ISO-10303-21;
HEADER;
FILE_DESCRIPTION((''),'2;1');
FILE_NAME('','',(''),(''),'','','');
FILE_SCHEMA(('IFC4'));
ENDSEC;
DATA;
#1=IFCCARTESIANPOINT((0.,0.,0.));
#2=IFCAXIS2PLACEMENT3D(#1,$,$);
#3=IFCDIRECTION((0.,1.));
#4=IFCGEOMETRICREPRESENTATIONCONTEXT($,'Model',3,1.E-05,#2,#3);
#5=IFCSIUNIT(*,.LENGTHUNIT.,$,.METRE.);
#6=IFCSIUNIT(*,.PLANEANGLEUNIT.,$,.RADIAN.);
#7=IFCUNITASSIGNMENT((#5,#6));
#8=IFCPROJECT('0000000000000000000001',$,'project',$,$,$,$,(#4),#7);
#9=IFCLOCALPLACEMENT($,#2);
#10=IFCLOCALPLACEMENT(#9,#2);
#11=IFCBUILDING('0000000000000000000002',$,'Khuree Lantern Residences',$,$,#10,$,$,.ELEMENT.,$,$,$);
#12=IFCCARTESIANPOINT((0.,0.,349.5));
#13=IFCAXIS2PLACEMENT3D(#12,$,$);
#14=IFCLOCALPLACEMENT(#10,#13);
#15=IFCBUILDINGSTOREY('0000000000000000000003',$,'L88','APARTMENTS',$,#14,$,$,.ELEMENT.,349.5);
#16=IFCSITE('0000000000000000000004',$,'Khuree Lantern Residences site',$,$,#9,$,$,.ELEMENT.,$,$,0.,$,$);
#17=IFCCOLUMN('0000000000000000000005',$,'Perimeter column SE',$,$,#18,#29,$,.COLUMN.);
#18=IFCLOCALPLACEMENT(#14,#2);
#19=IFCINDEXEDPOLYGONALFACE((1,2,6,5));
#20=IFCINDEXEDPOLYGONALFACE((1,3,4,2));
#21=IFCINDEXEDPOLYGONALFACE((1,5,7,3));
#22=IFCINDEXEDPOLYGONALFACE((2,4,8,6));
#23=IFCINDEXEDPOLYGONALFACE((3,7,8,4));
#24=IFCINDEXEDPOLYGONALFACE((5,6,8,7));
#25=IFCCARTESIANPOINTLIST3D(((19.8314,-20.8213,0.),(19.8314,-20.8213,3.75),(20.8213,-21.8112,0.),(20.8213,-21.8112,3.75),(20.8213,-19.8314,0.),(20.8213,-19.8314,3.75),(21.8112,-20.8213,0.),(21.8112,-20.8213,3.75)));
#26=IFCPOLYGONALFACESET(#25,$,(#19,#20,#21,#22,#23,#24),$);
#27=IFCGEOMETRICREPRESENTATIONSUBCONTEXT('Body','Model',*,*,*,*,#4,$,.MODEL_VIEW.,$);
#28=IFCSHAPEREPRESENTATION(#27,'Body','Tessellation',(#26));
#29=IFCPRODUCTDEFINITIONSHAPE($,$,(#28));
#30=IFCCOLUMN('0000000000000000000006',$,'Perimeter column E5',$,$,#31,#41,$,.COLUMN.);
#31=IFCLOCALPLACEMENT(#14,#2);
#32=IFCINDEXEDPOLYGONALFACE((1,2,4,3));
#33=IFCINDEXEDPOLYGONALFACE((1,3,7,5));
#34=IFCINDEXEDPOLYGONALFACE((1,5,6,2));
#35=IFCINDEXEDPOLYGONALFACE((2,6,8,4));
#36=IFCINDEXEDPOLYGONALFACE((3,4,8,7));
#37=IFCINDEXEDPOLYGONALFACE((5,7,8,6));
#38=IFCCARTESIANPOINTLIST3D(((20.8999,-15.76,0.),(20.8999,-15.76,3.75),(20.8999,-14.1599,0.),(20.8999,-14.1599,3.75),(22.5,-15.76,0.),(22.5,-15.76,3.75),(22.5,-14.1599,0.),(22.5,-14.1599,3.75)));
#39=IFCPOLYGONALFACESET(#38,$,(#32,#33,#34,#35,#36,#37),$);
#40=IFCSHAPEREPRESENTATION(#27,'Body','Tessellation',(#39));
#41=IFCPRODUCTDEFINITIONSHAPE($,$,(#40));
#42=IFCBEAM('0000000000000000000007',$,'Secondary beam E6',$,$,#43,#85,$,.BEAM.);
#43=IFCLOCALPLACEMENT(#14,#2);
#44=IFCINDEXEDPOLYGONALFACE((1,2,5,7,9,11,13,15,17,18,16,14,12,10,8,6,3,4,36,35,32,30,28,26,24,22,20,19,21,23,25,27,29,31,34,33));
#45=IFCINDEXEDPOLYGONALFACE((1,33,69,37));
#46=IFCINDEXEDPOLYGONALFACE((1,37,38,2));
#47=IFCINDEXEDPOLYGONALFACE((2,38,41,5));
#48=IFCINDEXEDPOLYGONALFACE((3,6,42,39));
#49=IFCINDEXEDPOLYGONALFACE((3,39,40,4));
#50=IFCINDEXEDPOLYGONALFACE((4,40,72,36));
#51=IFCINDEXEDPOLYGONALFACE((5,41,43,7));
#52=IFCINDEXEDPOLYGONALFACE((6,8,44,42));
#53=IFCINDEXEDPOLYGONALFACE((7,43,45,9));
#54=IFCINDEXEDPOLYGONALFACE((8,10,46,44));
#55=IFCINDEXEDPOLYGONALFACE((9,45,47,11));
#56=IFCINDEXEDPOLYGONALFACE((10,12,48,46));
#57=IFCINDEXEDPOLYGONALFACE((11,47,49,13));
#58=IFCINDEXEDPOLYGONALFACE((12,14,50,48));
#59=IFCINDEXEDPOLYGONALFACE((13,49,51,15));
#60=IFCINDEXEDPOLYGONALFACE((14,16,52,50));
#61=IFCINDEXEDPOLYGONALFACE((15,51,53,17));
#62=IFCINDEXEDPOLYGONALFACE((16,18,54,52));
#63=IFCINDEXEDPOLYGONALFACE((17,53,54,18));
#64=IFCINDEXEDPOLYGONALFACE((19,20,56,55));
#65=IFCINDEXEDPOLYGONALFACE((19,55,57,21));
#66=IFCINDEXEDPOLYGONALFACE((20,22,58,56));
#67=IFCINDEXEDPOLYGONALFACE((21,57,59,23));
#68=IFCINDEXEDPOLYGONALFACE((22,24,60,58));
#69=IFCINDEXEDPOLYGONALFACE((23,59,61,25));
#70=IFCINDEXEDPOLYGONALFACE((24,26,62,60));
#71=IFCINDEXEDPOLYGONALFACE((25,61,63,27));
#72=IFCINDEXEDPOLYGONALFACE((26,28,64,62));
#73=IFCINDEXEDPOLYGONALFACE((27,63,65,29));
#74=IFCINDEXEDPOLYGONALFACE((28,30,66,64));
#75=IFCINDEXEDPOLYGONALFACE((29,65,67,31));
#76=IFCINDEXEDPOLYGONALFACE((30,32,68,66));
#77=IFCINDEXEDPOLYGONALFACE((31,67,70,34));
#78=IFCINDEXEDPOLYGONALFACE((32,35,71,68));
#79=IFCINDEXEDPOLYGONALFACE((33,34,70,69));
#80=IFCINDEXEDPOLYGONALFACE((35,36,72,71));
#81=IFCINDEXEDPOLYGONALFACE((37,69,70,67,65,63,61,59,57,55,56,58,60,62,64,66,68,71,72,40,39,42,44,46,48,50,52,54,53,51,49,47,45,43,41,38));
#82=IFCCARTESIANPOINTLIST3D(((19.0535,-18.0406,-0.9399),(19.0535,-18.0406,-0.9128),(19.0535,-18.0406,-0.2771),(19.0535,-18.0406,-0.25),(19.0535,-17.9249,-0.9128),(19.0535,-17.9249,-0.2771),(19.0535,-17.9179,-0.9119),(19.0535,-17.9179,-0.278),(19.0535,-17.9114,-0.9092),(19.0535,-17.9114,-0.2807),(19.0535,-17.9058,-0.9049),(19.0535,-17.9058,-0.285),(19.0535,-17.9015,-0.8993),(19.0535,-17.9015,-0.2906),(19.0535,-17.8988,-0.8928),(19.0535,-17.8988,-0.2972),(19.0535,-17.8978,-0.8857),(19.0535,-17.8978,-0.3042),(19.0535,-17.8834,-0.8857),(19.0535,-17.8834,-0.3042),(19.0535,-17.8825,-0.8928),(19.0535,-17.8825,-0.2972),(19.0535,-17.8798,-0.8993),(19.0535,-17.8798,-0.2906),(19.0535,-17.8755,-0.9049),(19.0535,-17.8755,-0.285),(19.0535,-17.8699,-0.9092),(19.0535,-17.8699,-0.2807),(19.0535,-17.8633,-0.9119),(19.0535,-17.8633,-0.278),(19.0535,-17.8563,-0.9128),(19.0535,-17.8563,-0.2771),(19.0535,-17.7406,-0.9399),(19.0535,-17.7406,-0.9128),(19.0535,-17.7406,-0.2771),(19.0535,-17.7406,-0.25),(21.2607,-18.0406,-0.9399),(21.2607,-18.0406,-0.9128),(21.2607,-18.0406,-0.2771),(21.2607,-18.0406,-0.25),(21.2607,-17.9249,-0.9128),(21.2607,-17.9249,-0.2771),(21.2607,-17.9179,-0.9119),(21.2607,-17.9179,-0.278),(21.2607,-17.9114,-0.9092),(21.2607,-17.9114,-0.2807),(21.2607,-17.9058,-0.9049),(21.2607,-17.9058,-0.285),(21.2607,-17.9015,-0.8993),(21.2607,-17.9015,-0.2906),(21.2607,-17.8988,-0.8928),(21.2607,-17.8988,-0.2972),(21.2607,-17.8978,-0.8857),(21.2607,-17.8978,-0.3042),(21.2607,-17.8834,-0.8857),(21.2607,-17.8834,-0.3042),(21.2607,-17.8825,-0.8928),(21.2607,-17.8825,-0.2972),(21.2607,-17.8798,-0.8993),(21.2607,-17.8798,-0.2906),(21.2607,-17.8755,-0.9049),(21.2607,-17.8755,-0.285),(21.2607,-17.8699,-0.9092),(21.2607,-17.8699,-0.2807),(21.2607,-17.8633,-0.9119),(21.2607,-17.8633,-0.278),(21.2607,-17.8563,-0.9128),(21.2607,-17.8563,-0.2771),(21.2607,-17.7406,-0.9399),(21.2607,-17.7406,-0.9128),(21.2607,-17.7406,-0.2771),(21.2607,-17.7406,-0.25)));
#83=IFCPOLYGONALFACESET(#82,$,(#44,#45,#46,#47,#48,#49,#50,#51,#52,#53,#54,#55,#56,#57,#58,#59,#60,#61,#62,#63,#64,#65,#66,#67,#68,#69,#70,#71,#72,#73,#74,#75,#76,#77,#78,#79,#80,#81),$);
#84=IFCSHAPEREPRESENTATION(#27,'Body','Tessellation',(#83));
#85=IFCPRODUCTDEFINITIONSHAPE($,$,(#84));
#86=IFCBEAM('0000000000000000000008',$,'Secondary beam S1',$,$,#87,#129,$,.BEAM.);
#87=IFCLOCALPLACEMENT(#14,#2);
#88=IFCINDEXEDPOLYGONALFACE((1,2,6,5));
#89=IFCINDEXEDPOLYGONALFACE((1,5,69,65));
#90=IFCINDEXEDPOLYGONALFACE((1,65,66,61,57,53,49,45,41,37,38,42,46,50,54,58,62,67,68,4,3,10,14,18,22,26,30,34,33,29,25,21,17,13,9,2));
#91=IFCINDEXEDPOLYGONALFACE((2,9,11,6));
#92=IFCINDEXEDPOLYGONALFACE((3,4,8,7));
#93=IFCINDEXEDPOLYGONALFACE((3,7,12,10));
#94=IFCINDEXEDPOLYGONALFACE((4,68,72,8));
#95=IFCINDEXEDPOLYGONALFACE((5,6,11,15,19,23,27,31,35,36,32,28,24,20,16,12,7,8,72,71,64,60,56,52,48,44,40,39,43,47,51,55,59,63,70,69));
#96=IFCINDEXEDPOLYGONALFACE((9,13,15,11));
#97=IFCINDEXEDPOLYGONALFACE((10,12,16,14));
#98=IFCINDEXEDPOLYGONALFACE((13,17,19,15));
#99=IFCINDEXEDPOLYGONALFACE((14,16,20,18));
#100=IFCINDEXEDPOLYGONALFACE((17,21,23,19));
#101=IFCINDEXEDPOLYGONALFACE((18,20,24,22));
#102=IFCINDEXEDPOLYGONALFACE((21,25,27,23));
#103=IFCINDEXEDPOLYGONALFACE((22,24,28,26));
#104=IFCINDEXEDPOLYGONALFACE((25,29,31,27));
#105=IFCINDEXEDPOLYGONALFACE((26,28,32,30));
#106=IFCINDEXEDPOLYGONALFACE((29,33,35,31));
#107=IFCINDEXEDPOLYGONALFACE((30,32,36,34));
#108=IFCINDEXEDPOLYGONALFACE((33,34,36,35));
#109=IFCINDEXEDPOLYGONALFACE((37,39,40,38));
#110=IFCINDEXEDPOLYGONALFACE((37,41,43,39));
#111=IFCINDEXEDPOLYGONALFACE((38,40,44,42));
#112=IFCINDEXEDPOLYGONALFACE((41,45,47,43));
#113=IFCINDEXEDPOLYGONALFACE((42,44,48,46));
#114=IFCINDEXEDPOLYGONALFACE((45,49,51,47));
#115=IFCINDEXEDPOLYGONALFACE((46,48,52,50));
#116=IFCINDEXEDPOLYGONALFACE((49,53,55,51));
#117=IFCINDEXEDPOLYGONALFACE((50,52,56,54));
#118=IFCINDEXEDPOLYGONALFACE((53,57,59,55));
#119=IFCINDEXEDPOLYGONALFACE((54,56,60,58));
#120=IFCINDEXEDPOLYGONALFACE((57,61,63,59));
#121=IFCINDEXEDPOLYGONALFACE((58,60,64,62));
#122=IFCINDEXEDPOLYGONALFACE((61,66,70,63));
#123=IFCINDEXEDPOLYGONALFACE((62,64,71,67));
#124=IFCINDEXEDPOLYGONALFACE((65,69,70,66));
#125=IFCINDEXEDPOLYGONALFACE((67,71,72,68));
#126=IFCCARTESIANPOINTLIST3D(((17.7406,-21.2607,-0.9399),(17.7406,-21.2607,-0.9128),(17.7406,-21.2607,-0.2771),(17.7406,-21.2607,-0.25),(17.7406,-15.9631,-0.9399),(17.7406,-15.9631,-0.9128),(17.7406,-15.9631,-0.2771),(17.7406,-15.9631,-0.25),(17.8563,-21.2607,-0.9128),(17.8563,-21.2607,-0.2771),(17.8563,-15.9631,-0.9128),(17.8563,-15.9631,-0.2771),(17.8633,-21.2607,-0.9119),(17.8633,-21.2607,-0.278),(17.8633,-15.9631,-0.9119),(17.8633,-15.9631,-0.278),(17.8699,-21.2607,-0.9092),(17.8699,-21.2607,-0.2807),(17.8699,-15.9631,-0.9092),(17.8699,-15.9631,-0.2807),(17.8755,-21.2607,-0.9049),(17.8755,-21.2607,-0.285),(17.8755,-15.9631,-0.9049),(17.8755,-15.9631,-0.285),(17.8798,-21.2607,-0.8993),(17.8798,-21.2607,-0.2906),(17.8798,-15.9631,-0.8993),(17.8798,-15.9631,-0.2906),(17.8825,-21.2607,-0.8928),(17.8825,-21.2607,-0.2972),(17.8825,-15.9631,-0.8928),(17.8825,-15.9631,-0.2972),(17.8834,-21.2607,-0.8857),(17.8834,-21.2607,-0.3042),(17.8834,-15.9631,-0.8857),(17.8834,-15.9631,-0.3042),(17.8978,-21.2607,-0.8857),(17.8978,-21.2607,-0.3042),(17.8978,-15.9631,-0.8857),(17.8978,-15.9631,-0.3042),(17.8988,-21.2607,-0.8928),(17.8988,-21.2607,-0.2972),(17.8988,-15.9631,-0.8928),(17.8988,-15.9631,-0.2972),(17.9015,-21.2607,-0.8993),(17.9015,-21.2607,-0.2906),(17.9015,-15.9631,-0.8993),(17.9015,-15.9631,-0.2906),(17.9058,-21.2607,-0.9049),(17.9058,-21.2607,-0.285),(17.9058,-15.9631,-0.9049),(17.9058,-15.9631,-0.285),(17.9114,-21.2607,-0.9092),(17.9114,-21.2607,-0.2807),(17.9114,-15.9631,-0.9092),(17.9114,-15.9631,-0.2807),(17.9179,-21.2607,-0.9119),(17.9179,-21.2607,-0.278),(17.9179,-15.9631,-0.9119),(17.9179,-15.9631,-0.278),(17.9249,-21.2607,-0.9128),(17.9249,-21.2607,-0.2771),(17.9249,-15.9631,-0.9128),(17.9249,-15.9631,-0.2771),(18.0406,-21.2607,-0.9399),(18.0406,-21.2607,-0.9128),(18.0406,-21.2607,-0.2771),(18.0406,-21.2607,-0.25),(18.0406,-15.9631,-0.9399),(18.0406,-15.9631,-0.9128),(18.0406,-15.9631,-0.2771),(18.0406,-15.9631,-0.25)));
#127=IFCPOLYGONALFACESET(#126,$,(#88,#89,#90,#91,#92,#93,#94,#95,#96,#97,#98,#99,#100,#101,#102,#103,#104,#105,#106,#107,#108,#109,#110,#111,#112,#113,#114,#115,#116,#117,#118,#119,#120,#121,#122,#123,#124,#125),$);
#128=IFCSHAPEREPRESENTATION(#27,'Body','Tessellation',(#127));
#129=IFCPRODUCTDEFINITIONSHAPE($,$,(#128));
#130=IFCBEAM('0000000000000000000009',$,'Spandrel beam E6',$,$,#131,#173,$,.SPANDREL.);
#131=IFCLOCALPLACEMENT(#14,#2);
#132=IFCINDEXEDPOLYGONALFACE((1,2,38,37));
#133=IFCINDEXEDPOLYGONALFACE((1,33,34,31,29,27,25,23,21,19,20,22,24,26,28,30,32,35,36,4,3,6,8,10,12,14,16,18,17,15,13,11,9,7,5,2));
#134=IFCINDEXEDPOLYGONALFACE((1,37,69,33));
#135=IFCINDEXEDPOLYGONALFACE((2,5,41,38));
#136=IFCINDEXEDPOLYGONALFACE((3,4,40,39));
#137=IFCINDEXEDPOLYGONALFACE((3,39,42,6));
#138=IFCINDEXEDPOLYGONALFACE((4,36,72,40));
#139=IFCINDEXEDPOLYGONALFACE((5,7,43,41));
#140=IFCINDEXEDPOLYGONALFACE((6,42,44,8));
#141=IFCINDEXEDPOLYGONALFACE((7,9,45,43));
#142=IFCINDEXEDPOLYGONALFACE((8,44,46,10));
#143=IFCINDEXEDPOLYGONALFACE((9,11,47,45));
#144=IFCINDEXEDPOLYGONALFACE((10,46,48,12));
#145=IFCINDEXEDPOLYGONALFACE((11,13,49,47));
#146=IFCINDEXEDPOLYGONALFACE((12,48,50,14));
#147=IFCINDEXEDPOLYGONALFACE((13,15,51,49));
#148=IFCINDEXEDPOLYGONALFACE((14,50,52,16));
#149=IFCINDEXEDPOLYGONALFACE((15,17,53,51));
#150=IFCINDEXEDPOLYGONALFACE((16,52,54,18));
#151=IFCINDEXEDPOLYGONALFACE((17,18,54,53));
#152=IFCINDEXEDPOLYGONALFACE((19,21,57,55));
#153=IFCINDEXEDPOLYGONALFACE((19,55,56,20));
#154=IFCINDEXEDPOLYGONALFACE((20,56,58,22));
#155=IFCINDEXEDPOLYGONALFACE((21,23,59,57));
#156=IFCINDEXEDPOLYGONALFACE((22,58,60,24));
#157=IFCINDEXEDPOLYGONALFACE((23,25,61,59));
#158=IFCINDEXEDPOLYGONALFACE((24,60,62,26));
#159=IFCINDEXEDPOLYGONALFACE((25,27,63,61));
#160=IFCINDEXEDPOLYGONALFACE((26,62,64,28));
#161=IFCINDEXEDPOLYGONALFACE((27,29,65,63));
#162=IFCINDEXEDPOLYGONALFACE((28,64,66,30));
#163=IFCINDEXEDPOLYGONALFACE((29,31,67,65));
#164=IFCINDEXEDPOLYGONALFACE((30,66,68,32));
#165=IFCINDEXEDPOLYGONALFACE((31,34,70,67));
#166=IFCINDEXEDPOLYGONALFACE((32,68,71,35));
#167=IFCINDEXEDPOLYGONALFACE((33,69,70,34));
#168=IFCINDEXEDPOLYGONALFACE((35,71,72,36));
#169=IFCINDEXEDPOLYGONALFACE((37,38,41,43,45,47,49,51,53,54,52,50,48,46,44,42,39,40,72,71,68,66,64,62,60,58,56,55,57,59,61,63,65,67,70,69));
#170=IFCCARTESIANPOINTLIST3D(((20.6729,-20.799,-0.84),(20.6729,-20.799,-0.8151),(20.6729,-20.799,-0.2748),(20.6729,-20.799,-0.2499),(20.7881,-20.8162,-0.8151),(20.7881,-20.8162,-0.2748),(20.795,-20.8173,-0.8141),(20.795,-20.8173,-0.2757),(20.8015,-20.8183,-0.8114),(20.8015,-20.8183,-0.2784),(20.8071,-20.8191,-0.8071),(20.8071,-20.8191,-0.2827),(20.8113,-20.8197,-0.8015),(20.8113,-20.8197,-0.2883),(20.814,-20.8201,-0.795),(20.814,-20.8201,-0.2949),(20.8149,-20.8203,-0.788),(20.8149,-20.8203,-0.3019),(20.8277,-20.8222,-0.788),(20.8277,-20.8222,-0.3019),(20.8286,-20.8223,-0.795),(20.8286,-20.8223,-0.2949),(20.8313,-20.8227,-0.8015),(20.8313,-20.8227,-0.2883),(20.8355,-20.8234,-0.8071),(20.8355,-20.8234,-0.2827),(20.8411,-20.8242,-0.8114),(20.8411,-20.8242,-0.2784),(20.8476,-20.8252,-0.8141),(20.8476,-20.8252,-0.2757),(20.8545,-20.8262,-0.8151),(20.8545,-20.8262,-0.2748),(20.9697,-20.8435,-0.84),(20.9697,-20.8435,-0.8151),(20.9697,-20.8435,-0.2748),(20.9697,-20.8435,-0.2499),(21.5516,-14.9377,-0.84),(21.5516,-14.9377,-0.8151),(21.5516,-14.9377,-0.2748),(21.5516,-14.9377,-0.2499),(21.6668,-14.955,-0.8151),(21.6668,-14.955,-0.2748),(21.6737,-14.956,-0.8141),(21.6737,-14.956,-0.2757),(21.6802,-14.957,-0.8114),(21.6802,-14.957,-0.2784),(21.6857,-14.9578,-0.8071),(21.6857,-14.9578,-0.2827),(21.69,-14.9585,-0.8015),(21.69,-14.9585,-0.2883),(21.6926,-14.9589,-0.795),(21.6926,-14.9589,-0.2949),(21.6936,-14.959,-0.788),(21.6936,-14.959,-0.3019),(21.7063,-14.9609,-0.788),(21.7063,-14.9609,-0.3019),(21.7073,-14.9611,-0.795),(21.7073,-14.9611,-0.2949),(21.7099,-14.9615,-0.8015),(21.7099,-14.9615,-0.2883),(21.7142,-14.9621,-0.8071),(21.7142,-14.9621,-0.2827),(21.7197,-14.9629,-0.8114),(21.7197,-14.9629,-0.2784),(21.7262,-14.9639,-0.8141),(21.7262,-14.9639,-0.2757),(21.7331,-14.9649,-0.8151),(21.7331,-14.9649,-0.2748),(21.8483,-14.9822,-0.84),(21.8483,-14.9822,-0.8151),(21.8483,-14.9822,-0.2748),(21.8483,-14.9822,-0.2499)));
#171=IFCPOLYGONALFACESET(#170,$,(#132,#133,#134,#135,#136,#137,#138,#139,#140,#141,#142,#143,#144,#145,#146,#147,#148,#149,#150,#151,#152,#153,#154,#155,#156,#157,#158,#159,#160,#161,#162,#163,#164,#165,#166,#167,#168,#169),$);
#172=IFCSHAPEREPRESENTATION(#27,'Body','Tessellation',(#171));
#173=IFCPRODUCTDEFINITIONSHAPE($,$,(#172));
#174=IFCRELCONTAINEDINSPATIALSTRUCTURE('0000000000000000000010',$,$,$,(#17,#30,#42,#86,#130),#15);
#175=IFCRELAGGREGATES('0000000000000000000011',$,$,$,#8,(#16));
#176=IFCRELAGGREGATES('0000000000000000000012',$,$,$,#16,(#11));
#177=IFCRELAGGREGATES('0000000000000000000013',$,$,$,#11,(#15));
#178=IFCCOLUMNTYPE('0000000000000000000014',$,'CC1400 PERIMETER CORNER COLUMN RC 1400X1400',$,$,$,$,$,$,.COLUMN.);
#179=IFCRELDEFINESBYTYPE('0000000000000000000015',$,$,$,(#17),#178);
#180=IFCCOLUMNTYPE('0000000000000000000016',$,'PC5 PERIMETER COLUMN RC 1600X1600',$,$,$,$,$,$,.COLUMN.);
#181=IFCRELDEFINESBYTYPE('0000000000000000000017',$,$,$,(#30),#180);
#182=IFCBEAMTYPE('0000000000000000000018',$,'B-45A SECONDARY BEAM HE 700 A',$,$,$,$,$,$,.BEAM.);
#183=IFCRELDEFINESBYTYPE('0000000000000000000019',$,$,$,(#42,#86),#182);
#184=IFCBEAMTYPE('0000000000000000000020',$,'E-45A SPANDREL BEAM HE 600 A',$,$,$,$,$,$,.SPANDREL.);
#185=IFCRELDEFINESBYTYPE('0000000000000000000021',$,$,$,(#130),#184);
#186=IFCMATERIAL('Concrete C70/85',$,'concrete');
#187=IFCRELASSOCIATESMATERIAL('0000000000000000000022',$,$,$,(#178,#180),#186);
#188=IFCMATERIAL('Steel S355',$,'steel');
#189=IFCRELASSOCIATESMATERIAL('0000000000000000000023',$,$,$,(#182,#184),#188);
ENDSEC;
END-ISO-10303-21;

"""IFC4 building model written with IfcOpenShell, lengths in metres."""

from ifc_helpers import new_model, si_unit, direction, frame, origin, origin_2d, place, context, subcontext, project, spatial, rectangle, i_section, extrude, material, material_profile, profile_set, type_object, element, save


model = new_model("IFC4")

# Units and contexts
model_context = context("Model", 3, precision=1e-05, world=origin(), true_north=direction((0.0, 1.0)))
body_context = subcontext(model_context, "Body", "Model", "MODEL_VIEW")
ifc_project = project(units=[si_unit("LENGTHUNIT", "METRE"), si_unit("PLANEANGLEUNIT", "RADIAN")], contexts=[model_context])

# Site, building, storey
site_placement = place(None, origin())
site = spatial("IfcSite", under=ifc_project, at=site_placement, Name="Khuree Lantern Residences site", CompositionType="ELEMENT", RefElevation=0.0)
building_placement = place(site_placement, origin())
building = spatial("IfcBuilding", under=site, at=building_placement, Name="Khuree Lantern Residences", CompositionType="ELEMENT")
storey_placement = place(building_placement, frame((0.0, 0.0, 349.5)))
storey = spatial("IfcBuildingStorey", under=building, at=storey_placement, Name="L88", Description="APARTMENTS", CompositionType="ELEMENT", Elevation=349.5)

# Columns
ifc_material_1 = material(Name="Concrete C70/85", Category="concrete")
ifc_material_profile_1 = material_profile(ifc_material_1, rectangle(XDim=1.3999, YDim=1.3999, at=origin_2d()), Name="RC 1400X1400")
ifc_profile_set_1 = profile_set([ifc_material_profile_1], Name="Concrete C70/85")
column_type_1 = type_object("IfcColumnType", Name="CC1400 PERIMETER CORNER COLUMN RC 1400X1400", PredefinedType="COLUMN", material=ifc_profile_set_1)
column_1_placement = place(storey_placement, frame((20.8213, -20.8213, 0.0), z_axis=(0.0, 0.0, 1.0), x_axis=(0.707107, 0.707107, 0.0)))
element("IfcColumn", 1, at=column_1_placement, inside=storey, type_object=column_type_1, Name="Perimeter column SE", PredefinedType="COLUMN", context=body_context, shape_type="SweptSolid", body=[
    extrude(rectangle(XDim=1.3999, YDim=1.3999, at=origin_2d()), origin(), (0.0, 0.0, 1.0), 3.75),
])
ifc_material_profile_2 = material_profile(ifc_material_1, rectangle(XDim=1.6001, YDim=1.6001, at=origin_2d()), Name="RC 1600X1600")
ifc_profile_set_2 = profile_set([ifc_material_profile_2], Name="Concrete C70/85")
column_type_2 = type_object("IfcColumnType", Name="PC5 PERIMETER COLUMN RC 1600X1600", PredefinedType="COLUMN", material=ifc_profile_set_2)
column_2_placement = place(storey_placement, frame((21.7, -14.96, 0.0), z_axis=(0.0, 0.0, 1.0), x_axis=(0.0, 1.0, 0.0)))
element("IfcColumn", 2, at=column_2_placement, inside=storey, type_object=column_type_2, Name="Perimeter column E5", PredefinedType="COLUMN", context=body_context, shape_type="SweptSolid", body=[
    extrude(rectangle(XDim=1.6001, YDim=1.6001, at=origin_2d()), origin(), (0.0, 0.0, 1.0), 3.75),
])

# Beams
ifc_material_2 = material(Name="Steel S355", Category="steel")
ifc_material_profile_3 = material_profile(ifc_material_2, i_section(OverallWidth=0.3, OverallDepth=0.6899, WebThickness=0.0144, FlangeThickness=0.0271, FilletRadius=0.0271, at=origin_2d()), Name="HE 700 A")
ifc_profile_set_3 = profile_set([ifc_material_profile_3], Name="Steel S355")
beam_type_1 = type_object("IfcBeamType", Name="B-45A SECONDARY BEAM HE 700 A", PredefinedType="BEAM", material=ifc_profile_set_3)
beam_1_placement = place(storey_placement, frame((21.2607, -17.8906, -0.595), z_axis=(-1.0, 0.0, 0.0), x_axis=(0.0, -1.0, 0.0)))
element("IfcBeam", 3, at=beam_1_placement, inside=storey, type_object=beam_type_1, Name="Secondary beam E6", PredefinedType="BEAM", context=body_context, shape_type="SweptSolid", body=[
    extrude(i_section(OverallWidth=0.3, OverallDepth=0.6899, WebThickness=0.0144, FlangeThickness=0.0271, FilletRadius=0.0271, at=origin_2d()), origin(), (0.0, 0.0, 1.0), 2.2073),
])
beam_2_placement = place(storey_placement, frame((17.8906, -21.2607, -0.595), z_axis=(0.0, 1.0, 0.0), x_axis=(-1.0, 0.0, 0.0)))
element("IfcBeam", 4, at=beam_2_placement, inside=storey, type_object=beam_type_1, Name="Secondary beam S1", PredefinedType="BEAM", context=body_context, shape_type="SweptSolid", body=[
    extrude(i_section(OverallWidth=0.3, OverallDepth=0.6899, WebThickness=0.0144, FlangeThickness=0.0271, FilletRadius=0.0271, at=origin_2d()), origin(), (0.0, 0.0, 1.0), 5.2976),
])
ifc_material_profile_4 = material_profile(ifc_material_2, i_section(OverallWidth=0.3, OverallDepth=0.5901, WebThickness=0.0129, FlangeThickness=0.0249, FilletRadius=0.0271, at=origin_2d()), Name="HE 600 A")
ifc_profile_set_4 = profile_set([ifc_material_profile_4], Name="Steel S355")
beam_type_2 = type_object("IfcBeamType", Name="E-45A SPANDREL BEAM HE 600 A", PredefinedType="SPANDREL", material=ifc_profile_set_4)
for number, where, z_axis, x_axis, name in (
    (5, (21.7, -14.96, -0.5449), (-0.148252, -0.98895, 0.0), (0.98895, -0.148252, 0.0), "Spandrel beam E6"),
):
    element("IfcBeam", number, at=place(storey_placement, frame(where, z_axis=z_axis, x_axis=x_axis)), inside=storey, type_object=beam_type_2, Name=name, PredefinedType="SPANDREL", context=body_context, shape_type="SweptSolid", body=[
        extrude(i_section(OverallWidth=0.3, OverallDepth=0.5901, WebThickness=0.0129, FlangeThickness=0.0249, FilletRadius=0.0271, at=origin_2d()), origin(), (0.0, 0.0, 1.0), 5.9268),
    ])

save(model, "model.ifc")
